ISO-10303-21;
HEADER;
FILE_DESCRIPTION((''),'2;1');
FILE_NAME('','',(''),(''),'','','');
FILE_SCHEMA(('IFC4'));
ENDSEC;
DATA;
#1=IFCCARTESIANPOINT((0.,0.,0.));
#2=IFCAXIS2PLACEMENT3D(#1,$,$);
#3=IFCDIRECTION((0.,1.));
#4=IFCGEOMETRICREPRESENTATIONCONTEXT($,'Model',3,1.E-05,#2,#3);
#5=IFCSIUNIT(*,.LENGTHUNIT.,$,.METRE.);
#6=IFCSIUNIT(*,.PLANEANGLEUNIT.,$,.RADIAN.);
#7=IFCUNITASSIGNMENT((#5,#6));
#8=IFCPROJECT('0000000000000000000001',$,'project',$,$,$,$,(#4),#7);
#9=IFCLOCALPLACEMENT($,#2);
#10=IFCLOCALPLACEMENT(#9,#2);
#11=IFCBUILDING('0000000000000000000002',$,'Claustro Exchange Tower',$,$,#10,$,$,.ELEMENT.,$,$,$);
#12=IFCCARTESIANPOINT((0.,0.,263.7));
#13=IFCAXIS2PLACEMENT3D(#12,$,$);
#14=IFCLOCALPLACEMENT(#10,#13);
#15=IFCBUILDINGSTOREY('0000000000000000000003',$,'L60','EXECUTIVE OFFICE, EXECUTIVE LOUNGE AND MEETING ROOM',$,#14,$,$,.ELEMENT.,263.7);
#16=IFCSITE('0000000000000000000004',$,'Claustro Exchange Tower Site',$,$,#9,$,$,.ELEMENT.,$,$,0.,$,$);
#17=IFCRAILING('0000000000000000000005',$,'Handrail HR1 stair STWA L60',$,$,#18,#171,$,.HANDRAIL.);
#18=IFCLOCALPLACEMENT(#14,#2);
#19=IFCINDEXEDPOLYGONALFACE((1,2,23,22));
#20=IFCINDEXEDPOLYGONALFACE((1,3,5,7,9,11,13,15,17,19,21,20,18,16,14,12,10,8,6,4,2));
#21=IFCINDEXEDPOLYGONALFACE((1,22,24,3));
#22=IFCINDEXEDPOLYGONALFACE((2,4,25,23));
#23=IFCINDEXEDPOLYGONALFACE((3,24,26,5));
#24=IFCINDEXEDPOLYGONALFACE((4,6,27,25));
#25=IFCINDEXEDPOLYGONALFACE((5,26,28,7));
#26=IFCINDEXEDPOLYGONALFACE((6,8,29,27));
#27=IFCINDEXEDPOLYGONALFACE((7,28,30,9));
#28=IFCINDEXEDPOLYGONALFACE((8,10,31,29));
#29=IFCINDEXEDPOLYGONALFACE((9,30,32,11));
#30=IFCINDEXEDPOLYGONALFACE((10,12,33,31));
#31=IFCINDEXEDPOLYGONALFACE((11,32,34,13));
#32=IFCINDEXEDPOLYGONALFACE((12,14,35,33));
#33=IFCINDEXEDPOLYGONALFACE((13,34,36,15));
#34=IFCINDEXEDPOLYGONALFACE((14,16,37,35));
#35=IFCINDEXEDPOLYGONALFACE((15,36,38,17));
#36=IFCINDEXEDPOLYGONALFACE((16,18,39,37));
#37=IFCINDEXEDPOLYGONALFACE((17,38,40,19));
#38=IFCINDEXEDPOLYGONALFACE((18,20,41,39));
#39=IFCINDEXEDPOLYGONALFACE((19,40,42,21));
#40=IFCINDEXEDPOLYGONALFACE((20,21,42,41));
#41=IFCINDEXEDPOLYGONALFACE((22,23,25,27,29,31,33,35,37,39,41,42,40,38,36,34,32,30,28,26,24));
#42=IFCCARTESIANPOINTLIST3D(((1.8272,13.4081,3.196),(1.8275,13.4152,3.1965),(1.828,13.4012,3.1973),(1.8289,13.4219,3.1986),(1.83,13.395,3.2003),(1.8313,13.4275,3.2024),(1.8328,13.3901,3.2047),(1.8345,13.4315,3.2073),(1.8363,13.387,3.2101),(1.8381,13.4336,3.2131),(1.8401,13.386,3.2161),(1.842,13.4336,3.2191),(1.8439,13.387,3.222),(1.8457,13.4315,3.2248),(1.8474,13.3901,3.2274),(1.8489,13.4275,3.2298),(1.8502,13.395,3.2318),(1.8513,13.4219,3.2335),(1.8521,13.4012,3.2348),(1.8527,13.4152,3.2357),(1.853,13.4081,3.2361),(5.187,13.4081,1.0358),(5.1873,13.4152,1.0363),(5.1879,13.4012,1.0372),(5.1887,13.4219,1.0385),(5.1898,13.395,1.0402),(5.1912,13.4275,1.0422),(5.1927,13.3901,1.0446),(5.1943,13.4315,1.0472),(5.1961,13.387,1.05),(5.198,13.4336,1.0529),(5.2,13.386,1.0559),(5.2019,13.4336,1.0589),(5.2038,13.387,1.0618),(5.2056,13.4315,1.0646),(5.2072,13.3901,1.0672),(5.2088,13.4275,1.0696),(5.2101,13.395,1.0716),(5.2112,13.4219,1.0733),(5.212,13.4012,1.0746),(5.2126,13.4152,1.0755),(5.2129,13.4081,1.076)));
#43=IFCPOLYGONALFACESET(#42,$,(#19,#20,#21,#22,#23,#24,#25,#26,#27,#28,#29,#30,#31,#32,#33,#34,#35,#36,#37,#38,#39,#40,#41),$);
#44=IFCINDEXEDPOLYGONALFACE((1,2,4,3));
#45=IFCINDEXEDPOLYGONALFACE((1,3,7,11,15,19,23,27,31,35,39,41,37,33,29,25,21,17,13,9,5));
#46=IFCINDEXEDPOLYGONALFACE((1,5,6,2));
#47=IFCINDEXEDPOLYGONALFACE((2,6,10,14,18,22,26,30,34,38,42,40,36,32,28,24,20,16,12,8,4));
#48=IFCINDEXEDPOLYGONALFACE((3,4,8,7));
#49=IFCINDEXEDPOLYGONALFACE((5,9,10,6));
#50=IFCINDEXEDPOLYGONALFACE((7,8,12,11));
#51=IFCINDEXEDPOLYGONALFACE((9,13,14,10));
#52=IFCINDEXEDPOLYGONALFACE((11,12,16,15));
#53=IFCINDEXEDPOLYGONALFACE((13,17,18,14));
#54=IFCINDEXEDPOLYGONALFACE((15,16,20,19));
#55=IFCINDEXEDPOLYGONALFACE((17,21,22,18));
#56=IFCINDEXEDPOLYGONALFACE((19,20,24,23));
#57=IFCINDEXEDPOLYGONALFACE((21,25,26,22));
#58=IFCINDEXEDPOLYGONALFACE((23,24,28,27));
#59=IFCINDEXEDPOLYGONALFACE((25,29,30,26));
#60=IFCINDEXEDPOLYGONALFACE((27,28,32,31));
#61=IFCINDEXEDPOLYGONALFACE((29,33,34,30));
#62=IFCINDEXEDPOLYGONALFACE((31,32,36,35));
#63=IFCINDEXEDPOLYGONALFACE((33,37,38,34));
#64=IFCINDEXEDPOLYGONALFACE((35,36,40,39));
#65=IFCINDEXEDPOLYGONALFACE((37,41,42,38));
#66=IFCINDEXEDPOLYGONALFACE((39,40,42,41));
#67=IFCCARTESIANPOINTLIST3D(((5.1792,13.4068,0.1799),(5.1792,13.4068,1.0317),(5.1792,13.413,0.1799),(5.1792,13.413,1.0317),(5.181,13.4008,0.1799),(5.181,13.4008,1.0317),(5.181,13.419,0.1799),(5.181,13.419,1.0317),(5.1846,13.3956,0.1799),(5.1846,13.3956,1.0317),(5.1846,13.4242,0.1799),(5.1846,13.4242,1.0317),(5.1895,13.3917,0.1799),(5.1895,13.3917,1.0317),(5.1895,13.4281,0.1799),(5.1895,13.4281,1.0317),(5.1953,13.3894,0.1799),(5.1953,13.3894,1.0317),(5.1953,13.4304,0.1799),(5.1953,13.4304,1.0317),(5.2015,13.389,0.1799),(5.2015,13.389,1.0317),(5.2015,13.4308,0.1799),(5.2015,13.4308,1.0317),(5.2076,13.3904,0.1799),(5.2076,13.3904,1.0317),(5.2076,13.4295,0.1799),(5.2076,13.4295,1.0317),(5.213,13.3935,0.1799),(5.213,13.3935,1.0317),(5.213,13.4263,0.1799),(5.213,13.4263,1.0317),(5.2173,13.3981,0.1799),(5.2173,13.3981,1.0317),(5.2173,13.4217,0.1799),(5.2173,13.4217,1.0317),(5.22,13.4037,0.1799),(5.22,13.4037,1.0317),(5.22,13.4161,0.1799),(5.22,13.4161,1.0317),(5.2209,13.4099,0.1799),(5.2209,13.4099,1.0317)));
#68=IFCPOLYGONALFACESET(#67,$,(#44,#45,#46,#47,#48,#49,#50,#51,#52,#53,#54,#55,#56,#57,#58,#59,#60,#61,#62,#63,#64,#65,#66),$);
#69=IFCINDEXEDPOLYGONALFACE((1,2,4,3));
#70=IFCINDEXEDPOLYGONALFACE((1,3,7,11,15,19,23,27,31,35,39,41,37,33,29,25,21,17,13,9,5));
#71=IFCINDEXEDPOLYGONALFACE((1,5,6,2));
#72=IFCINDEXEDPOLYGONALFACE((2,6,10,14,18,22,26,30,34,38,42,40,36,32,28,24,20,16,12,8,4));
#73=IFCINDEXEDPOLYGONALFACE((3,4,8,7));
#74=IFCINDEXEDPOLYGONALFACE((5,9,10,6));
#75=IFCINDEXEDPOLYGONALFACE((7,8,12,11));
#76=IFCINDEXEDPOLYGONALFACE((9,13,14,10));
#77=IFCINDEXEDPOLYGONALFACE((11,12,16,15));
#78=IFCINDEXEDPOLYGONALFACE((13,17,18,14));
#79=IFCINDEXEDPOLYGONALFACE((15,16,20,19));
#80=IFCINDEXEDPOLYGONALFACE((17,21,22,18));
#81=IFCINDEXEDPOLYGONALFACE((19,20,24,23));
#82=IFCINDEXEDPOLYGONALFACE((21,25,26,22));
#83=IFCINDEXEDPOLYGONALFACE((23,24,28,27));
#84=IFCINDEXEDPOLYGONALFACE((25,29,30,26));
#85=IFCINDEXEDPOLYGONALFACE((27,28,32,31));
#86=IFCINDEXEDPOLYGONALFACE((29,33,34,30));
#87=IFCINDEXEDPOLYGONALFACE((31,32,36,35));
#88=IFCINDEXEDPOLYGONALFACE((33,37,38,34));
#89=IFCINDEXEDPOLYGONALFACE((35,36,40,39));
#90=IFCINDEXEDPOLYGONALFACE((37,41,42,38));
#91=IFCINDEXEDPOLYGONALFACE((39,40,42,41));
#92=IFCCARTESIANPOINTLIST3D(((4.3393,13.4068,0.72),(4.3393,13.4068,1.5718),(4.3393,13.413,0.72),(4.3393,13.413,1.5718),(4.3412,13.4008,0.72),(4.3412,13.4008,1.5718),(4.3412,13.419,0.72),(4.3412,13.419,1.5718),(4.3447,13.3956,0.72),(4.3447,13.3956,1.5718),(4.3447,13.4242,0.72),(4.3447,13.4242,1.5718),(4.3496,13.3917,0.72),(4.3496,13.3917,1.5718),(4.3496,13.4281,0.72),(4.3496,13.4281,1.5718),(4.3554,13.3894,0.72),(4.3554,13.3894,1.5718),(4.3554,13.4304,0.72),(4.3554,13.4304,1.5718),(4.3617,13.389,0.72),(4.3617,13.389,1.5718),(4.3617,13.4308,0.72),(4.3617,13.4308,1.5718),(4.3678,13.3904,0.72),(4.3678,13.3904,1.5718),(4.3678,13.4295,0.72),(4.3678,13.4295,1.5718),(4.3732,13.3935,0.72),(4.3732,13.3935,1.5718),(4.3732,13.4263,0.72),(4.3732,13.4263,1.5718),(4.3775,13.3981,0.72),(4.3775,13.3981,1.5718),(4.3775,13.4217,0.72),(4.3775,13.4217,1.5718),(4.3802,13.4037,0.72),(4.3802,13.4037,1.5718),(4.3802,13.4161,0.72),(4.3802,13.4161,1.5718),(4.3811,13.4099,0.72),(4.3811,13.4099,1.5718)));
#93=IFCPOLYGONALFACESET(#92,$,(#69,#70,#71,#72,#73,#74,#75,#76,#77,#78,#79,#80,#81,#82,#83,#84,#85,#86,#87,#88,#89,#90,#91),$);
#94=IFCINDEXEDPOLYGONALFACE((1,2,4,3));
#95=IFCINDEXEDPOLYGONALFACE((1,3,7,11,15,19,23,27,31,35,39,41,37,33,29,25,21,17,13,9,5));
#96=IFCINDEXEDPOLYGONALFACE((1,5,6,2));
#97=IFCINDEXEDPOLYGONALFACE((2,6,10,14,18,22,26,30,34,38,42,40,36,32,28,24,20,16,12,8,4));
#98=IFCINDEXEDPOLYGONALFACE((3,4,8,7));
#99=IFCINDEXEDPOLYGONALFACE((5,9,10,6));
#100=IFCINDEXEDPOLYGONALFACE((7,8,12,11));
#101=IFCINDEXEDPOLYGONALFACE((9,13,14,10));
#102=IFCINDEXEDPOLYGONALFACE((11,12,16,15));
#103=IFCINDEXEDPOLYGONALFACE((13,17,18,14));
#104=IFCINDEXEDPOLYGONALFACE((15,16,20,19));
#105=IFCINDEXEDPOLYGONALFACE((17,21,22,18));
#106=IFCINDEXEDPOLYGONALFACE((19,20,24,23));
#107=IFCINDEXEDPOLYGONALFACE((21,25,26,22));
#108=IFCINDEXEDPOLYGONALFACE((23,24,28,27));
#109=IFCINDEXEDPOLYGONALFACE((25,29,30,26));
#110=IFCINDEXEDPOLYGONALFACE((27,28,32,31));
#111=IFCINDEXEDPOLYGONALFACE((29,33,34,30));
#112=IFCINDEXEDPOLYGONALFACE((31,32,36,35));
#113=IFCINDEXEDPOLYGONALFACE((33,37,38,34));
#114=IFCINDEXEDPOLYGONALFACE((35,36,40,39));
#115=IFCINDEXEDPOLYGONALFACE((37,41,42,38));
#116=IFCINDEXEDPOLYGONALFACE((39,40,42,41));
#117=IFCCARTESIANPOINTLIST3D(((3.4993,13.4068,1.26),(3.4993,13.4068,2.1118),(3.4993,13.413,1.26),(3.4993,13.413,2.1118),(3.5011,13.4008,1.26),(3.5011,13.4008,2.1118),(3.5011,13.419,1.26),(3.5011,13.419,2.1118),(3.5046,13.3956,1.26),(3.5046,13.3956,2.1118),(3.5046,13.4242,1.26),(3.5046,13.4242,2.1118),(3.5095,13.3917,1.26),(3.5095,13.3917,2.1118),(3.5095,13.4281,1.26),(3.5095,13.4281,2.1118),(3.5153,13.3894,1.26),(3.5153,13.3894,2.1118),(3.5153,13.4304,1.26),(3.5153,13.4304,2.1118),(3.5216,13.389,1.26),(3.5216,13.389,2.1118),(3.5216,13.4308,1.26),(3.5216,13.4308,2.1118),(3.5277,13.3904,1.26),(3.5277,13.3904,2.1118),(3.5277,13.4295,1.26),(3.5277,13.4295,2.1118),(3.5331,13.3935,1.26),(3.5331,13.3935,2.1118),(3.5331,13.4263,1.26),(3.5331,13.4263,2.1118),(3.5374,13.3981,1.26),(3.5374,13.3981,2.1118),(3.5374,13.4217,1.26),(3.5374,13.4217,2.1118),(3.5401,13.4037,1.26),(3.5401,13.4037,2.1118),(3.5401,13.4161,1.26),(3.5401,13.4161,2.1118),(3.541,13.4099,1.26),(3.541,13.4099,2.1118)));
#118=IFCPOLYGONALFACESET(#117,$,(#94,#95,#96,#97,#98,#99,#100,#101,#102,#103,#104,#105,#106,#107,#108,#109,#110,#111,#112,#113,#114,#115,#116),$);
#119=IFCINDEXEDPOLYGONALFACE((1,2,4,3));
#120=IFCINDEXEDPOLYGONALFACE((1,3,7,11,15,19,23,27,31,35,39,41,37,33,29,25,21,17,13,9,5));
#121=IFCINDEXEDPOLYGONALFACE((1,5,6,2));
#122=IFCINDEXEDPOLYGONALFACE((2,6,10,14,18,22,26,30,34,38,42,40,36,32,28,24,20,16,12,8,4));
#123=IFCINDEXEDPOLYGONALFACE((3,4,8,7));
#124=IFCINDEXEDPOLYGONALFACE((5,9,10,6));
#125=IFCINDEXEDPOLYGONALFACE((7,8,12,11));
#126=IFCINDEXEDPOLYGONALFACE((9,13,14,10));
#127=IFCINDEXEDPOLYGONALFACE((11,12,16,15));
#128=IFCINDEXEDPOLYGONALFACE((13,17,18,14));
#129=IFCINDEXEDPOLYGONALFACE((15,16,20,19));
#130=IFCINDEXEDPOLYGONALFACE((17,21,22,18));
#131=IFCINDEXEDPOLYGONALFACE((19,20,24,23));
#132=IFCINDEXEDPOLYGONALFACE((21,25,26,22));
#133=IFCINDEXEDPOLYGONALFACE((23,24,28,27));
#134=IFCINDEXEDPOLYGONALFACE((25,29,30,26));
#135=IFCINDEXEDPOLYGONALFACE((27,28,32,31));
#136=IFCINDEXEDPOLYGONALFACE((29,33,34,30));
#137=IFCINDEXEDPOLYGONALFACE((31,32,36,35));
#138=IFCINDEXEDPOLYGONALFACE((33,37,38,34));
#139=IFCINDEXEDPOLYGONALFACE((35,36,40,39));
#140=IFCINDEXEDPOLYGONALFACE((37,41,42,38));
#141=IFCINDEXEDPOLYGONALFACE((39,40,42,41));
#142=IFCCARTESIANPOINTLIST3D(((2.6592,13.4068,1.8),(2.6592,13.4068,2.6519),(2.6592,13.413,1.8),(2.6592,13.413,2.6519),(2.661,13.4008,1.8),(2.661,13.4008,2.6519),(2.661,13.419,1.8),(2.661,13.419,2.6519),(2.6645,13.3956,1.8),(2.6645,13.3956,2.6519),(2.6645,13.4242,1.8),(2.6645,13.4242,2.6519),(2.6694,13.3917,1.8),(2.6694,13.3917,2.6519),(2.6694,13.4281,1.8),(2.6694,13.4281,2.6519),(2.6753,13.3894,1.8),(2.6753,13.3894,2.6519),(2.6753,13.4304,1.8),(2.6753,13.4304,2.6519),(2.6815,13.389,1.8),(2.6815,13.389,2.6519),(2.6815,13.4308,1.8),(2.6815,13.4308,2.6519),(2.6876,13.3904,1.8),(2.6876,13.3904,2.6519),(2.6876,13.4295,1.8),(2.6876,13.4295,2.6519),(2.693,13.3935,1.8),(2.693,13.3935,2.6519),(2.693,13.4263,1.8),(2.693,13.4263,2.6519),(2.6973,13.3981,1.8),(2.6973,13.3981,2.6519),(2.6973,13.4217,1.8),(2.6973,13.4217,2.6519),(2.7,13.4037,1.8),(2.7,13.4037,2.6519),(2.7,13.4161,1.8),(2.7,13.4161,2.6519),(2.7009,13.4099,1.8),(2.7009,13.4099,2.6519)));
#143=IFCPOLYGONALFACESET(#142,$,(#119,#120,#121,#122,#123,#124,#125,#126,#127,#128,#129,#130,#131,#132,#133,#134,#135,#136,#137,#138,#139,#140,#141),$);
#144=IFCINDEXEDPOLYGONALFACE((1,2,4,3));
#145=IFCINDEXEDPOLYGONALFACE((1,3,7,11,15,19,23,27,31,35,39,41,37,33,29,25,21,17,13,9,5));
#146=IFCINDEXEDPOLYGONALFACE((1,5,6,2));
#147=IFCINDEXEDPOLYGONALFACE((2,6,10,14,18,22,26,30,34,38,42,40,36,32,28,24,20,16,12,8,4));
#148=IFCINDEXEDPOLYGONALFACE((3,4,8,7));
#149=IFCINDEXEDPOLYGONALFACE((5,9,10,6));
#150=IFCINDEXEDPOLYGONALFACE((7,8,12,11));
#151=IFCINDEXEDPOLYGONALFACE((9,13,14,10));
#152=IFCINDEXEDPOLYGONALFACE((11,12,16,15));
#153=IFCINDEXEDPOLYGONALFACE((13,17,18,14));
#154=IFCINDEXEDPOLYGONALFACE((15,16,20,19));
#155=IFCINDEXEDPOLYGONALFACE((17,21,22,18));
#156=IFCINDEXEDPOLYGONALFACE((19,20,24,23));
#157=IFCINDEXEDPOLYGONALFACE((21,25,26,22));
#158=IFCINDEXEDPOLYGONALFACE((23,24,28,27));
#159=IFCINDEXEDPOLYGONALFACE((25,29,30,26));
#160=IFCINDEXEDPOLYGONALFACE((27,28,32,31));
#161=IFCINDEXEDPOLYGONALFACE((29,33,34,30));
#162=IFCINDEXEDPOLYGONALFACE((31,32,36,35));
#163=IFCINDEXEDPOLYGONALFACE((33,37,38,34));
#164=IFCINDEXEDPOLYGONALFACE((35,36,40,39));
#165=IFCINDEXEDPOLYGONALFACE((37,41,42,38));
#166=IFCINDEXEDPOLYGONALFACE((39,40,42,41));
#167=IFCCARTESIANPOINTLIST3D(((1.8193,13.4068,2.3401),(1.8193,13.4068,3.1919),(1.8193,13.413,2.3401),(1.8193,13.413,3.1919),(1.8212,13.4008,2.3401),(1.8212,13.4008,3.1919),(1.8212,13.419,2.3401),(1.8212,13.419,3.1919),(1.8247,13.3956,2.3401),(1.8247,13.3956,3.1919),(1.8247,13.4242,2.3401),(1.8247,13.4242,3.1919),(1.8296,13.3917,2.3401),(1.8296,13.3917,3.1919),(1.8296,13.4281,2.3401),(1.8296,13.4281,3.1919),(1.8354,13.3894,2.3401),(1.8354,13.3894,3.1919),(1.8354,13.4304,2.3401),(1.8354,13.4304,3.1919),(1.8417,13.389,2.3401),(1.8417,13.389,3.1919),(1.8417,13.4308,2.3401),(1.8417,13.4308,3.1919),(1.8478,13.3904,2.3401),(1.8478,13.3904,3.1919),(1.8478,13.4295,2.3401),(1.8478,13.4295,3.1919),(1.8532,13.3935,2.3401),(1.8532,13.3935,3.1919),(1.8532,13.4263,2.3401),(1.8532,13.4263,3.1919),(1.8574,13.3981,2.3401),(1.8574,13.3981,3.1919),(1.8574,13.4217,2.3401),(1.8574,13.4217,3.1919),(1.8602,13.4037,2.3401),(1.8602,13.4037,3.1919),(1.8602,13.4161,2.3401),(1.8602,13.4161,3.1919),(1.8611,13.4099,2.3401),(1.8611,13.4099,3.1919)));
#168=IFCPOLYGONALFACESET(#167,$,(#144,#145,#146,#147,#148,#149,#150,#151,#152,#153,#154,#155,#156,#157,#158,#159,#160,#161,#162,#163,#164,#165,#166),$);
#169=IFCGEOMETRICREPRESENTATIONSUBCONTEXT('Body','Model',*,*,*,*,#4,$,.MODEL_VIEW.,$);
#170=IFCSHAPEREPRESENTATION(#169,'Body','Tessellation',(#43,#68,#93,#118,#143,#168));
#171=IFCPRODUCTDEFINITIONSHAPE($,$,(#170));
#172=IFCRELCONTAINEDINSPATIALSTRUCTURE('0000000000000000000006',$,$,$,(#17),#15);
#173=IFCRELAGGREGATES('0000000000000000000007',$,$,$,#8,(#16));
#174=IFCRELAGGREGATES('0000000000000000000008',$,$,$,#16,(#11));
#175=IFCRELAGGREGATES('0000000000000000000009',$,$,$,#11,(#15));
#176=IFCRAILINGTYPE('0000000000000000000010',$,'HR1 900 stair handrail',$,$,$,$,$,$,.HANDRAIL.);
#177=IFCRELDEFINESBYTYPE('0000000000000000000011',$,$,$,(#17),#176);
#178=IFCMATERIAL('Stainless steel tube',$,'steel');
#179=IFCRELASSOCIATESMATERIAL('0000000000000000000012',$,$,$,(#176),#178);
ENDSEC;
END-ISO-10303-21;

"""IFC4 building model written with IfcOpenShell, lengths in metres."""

from ifc_helpers import new_model, si_unit, direction, frame, origin, origin_2d, place, context, subcontext, project, spatial, circle, extrude, material, type_object, element, save


model = new_model("IFC4")

# Units and contexts
model_context = context("Model", 3, precision=1e-05, world=origin(), true_north=direction((0.0, 1.0)))
body_context = subcontext(model_context, "Body", "Model", "MODEL_VIEW")
ifc_project = project(units=[si_unit("LENGTHUNIT", "METRE"), si_unit("PLANEANGLEUNIT", "RADIAN")], contexts=[model_context])

# Site, building, storey
site_placement = place(None, origin())
site = spatial("IfcSite", under=ifc_project, at=site_placement, Name="Claustro Exchange Tower Site", CompositionType="ELEMENT", RefElevation=0.0)
building_placement = place(site_placement, origin())
building = spatial("IfcBuilding", under=site, at=building_placement, Name="Claustro Exchange Tower", CompositionType="ELEMENT")
storey_placement = place(building_placement, frame((0.0, 0.0, 263.7)))
storey = spatial("IfcBuildingStorey", under=building, at=storey_placement, Name="L60", Description="EXECUTIVE OFFICE, EXECUTIVE LOUNGE AND MEETING ROOM", CompositionType="ELEMENT", Elevation=263.7)

# Railing
ifc_material_1 = material(Name="Stainless steel tube", Category="steel")
railing_type_1 = type_object("IfcRailingType", Name="HR1 900 stair handrail", PredefinedType="HANDRAIL", material=ifc_material_1)
railing_1_placement = place(storey_placement, frame((5.2, 13.4099, 0.1799)))
element("IfcRailing", 1, at=railing_1_placement, inside=storey, type_object=railing_type_1, Name="Handrail HR1 stair STWA L60", PredefinedType="HANDRAIL", context=body_context, shape_type="SweptSolid", body=[
    extrude(circle(Radius=0.0239, at=origin_2d()), frame((0.0, 0.0, 0.876), z_axis=(-0.841151, 0.0, 0.540801), x_axis=(0.0, -1.0, 0.0)), (0.0, 0.0, 1.0), 3.9944),
    extrude(circle(Radius=0.021, at=origin_2d()), origin(), (0.0, 0.0, 1.0), 0.8518),
    extrude(circle(Radius=0.021, at=origin_2d()), frame((-0.8398, 0.0, 0.54)), (0.0, 0.0, 1.0), 0.8518),
    extrude(circle(Radius=0.021, at=origin_2d()), frame((-1.6799, 0.0, 1.0801)), (0.0, 0.0, 1.0), 0.8518),
    extrude(circle(Radius=0.021, at=origin_2d()), frame((-2.52, 0.0, 1.6201)), (0.0, 0.0, 1.0), 0.8518),
    extrude(circle(Radius=0.021, at=origin_2d()), frame((-3.3599, 0.0, 2.1602)), (0.0, 0.0, 1.0), 0.8518),
])

save(model, "model.ifc")
